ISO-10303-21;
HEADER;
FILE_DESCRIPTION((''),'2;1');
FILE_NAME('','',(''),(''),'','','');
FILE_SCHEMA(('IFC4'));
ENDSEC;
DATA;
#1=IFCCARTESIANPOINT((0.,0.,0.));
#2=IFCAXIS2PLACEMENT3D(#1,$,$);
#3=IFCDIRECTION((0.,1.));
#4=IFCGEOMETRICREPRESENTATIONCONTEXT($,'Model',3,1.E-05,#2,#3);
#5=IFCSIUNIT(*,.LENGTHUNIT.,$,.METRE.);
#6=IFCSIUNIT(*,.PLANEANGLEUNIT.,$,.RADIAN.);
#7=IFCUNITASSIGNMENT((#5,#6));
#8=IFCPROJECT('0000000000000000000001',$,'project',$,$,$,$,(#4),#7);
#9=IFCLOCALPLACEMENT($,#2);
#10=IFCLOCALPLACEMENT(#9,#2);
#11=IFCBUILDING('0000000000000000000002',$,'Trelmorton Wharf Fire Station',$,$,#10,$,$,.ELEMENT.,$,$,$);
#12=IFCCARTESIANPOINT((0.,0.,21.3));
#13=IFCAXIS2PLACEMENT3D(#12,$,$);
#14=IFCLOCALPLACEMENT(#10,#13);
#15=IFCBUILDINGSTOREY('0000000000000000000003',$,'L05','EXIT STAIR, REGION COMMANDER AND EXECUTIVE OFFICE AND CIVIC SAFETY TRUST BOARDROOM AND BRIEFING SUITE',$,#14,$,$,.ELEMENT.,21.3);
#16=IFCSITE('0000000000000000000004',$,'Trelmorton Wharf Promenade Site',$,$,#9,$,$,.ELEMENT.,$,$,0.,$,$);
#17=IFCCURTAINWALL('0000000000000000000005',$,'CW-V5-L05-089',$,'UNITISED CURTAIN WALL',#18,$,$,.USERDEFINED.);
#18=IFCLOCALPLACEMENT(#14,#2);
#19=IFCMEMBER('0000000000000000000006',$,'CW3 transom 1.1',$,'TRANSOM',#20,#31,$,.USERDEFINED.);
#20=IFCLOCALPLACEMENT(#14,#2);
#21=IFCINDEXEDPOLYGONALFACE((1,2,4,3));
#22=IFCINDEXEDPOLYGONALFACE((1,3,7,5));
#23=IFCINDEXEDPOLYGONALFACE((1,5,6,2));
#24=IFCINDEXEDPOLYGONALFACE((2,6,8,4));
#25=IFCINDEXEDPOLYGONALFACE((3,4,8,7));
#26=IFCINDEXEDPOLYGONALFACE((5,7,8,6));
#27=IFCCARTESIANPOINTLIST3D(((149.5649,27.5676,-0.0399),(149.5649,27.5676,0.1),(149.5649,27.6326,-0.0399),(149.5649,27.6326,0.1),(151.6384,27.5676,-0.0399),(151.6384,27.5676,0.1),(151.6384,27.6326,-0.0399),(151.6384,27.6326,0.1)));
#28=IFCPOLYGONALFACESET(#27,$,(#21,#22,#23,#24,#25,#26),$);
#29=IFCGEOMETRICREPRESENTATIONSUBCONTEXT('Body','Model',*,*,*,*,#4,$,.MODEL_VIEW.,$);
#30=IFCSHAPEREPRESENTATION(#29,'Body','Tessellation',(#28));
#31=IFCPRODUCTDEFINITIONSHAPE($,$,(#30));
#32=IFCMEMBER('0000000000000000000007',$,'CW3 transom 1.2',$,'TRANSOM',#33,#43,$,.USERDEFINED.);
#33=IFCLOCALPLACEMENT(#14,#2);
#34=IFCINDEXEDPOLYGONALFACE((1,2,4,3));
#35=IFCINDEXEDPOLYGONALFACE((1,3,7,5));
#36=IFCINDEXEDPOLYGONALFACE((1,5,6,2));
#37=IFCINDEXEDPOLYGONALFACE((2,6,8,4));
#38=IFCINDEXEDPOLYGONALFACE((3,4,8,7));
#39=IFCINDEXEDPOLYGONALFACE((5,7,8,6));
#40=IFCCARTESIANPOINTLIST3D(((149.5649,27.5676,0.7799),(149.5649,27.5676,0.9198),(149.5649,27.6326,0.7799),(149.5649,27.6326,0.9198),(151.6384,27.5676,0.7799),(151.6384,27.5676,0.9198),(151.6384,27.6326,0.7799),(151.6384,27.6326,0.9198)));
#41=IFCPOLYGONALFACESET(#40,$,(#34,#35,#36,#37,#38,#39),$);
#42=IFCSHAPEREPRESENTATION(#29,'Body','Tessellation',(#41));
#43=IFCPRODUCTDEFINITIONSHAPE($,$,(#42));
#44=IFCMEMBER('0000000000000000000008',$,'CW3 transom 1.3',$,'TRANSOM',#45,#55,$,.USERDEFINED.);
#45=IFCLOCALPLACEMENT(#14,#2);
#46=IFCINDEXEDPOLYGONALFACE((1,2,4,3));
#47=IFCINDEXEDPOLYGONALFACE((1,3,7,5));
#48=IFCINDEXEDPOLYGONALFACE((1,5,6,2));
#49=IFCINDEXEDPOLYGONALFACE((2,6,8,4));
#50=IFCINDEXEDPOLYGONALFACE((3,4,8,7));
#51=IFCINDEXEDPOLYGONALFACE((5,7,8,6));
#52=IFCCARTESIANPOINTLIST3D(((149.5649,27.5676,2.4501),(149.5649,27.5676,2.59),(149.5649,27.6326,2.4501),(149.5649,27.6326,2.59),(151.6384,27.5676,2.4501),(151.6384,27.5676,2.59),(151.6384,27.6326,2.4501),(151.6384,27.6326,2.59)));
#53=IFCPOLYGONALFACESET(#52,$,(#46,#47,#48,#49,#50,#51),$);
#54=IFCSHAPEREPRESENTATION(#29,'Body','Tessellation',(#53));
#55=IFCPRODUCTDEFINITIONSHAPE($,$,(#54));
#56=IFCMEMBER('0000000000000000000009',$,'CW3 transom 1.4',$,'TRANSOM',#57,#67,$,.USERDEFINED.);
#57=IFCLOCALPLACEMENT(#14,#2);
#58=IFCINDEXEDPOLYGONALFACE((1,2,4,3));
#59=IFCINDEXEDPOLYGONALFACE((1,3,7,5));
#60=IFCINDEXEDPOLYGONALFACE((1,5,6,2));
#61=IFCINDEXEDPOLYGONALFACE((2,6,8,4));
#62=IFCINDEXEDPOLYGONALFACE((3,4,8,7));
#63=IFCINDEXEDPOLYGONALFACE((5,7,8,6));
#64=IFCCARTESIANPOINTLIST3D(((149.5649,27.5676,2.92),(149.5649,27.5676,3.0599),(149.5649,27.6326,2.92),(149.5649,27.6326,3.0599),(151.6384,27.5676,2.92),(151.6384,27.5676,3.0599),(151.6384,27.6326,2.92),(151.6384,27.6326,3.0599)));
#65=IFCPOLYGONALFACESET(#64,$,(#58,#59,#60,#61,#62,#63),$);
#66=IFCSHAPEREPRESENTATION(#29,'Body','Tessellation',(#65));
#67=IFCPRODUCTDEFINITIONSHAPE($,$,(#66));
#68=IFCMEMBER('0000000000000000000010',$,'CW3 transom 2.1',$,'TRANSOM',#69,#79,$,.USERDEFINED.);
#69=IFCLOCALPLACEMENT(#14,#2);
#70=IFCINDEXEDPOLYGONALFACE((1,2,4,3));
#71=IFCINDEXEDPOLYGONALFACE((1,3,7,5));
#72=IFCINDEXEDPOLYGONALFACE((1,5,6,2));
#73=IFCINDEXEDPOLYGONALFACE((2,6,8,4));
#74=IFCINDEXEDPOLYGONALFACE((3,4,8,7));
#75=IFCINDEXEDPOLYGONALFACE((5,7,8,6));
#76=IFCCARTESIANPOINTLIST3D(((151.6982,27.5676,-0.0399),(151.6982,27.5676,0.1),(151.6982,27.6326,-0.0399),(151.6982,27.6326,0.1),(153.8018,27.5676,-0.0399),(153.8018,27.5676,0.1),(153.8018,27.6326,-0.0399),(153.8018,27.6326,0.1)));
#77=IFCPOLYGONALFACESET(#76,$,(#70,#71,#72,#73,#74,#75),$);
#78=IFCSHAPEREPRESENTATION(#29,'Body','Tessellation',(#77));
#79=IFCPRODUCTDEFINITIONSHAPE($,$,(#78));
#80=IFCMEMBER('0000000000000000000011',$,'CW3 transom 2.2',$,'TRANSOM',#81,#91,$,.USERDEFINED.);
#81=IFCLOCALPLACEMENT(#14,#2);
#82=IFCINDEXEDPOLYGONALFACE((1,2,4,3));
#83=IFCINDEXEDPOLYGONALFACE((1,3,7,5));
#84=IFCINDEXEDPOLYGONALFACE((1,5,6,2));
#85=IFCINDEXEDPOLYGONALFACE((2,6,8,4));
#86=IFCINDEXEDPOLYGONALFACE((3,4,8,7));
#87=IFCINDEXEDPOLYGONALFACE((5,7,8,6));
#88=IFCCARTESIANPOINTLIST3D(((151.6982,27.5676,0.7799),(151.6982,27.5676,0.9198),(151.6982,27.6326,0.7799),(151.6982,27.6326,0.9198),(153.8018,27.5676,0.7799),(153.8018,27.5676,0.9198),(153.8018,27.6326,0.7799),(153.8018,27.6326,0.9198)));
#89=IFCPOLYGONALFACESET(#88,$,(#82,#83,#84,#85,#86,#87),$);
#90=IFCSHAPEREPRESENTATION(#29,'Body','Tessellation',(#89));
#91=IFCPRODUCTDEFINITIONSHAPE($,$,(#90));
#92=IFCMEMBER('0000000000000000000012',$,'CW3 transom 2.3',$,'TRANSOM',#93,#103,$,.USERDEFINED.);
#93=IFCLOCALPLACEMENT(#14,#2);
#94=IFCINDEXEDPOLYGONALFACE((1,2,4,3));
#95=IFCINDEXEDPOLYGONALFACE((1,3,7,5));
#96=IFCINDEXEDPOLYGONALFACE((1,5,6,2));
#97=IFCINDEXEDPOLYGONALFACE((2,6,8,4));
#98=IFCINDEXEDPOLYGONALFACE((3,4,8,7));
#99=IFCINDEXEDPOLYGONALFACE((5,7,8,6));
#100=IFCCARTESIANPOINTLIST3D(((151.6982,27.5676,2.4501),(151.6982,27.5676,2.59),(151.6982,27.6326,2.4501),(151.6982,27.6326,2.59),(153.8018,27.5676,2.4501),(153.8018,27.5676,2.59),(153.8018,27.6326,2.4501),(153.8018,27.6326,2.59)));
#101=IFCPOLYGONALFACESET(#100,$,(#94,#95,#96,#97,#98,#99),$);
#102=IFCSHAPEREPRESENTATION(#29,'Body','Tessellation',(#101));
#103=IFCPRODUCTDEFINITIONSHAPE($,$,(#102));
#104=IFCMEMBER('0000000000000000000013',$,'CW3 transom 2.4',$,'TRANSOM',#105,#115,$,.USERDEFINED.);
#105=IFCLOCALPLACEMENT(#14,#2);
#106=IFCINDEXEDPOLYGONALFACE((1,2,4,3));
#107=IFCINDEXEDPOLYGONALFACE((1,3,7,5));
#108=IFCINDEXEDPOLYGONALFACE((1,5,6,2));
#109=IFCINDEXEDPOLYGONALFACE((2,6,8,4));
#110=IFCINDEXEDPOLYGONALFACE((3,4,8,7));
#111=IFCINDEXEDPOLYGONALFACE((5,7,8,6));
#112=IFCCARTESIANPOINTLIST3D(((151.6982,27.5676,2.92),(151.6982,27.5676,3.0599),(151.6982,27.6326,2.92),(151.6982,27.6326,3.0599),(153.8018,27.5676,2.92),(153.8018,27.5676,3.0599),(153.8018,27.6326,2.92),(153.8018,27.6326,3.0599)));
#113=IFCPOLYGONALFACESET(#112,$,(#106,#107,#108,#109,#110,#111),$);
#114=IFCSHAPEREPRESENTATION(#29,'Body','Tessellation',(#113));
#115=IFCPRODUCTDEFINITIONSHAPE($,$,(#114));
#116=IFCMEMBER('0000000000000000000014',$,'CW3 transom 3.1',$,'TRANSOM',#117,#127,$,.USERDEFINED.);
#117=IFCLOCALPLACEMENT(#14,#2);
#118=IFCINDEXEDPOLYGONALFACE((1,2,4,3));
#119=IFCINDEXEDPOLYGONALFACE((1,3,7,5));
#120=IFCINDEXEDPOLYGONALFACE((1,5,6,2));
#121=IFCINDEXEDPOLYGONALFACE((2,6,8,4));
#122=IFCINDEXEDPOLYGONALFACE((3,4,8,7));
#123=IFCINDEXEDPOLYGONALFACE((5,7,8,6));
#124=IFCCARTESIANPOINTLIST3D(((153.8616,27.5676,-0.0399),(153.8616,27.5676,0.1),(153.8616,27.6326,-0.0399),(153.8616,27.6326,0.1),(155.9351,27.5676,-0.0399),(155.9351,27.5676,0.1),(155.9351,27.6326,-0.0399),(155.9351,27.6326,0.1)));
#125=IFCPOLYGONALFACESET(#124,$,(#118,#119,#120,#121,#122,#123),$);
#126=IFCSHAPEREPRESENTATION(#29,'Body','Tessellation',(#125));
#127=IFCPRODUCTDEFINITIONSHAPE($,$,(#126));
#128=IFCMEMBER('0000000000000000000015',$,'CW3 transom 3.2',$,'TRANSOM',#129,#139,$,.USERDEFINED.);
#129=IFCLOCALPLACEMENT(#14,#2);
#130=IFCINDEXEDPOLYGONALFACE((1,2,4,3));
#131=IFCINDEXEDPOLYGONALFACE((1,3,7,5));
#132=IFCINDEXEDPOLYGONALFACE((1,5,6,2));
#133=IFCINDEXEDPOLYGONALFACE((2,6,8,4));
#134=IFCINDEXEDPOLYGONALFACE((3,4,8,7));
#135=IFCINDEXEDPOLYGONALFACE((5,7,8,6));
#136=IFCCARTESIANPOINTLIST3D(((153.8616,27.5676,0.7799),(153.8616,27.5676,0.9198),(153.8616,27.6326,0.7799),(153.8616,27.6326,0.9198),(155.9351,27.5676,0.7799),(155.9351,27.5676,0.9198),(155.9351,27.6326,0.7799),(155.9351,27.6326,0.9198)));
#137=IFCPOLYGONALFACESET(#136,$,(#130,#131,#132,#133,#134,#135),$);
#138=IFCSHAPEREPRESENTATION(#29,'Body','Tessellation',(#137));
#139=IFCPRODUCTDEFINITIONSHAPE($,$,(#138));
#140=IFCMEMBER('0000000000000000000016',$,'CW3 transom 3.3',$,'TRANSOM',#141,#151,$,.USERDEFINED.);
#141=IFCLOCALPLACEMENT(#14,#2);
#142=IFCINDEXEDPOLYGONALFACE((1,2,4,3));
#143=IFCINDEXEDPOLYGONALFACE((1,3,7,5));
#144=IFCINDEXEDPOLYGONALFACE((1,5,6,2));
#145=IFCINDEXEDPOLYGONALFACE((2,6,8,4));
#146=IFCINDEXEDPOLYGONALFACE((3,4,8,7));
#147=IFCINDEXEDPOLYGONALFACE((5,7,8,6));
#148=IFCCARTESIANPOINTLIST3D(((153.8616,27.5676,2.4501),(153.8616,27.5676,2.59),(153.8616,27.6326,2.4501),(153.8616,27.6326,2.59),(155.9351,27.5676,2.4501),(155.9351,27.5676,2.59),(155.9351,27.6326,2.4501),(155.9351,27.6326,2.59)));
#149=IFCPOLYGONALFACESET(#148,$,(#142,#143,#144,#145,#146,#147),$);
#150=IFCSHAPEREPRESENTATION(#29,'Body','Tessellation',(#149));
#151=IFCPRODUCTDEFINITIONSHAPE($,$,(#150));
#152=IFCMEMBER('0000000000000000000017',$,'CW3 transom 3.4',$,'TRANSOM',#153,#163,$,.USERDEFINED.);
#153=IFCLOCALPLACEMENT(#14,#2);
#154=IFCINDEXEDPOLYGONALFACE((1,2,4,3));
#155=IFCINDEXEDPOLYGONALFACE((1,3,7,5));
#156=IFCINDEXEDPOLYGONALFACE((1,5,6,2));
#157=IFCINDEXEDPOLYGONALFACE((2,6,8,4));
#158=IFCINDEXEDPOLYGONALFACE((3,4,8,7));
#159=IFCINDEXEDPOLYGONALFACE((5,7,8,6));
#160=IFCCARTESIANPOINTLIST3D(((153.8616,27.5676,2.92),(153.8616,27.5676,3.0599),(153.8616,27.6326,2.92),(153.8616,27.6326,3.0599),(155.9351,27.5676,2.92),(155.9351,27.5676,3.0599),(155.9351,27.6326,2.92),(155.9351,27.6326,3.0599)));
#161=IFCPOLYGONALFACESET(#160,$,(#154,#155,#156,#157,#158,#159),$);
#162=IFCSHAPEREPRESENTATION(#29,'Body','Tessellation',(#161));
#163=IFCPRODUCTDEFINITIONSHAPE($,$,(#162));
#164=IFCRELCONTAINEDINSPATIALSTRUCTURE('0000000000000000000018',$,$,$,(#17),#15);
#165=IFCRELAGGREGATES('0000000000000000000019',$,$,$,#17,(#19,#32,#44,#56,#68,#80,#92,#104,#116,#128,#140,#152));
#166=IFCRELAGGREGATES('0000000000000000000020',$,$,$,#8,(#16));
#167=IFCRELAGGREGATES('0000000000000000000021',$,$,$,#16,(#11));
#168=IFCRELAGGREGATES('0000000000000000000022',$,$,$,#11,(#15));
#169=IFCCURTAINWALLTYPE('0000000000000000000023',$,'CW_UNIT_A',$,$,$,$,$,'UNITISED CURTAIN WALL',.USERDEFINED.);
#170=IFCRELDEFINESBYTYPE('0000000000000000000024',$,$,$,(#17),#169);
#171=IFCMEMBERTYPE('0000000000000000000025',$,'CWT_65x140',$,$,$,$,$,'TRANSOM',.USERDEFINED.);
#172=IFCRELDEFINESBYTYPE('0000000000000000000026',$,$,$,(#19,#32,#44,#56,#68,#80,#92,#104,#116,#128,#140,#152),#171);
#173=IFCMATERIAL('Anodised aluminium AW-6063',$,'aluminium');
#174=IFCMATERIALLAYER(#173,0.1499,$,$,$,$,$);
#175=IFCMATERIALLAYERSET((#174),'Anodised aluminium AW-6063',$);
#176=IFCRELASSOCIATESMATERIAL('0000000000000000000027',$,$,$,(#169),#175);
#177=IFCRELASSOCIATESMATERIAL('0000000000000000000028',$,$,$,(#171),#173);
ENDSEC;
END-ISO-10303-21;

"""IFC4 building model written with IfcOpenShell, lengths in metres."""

from ifc_helpers import new_model, si_unit, direction, frame, origin, origin_2d, place, context, subcontext, project, spatial, rectangle, extrude, material, layer, layer_set, material_profile, profile_set, type_object, element, aggregate, save


model = new_model("IFC4")

# Units and contexts
model_context = context("Model", 3, precision=1e-05, world=origin(), true_north=direction((0.0, 1.0)))
body_context = subcontext(model_context, "Body", "Model", "MODEL_VIEW")
ifc_project = project(units=[si_unit("LENGTHUNIT", "METRE"), si_unit("PLANEANGLEUNIT", "RADIAN")], contexts=[model_context])

# Site, building, storey
site_placement = place(None, origin())
site = spatial("IfcSite", under=ifc_project, at=site_placement, Name="Trelmorton Wharf Promenade Site", CompositionType="ELEMENT", RefElevation=0.0)
building_placement = place(site_placement, origin())
building = spatial("IfcBuilding", under=site, at=building_placement, Name="Trelmorton Wharf Fire Station", CompositionType="ELEMENT")
storey_placement = place(building_placement, frame((0.0, 0.0, 21.3)))
storey = spatial("IfcBuildingStorey", under=building, at=storey_placement, Name="L05", Description="EXIT STAIR, REGION COMMANDER AND EXECUTIVE OFFICE AND CIVIC SAFETY TRUST BOARDROOM AND BRIEFING SUITE", CompositionType="ELEMENT", Elevation=21.3)

# Curtain wall, members
ifc_material_1 = material(Name="Anodised aluminium AW-6063", Category="aluminium")
ifc_layer_1 = layer(ifc_material_1, 0.1499)
ifc_layer_set_1 = layer_set([ifc_layer_1], Name="Anodised aluminium AW-6063")
curtain_wall_type = type_object("IfcCurtainWallType", Name="CW_UNIT_A", ElementType="UNITISED CURTAIN WALL", PredefinedType="USERDEFINED", material=ifc_layer_set_1)
curtain_wall_placement = place(storey_placement, origin())
curtain_wall = element("IfcCurtainWall", 1, at=curtain_wall_placement, inside=storey, type_object=curtain_wall_type, Name="CW-V5-L05-089", ObjectType="UNITISED CURTAIN WALL", PredefinedType="USERDEFINED")
ifc_material_profile_1 = material_profile(ifc_material_1, rectangle(XDim=0.0649, YDim=0.1399, at=origin_2d()), Name="ALU-65x140")
ifc_profile_set_1 = profile_set([ifc_material_profile_1], Name="Anodised aluminium AW-6063")
member_type_1 = type_object("IfcMemberType", Name="CWT_65x140", ElementType="TRANSOM", PredefinedType="USERDEFINED", material=ifc_profile_set_1)
member_1_placement = place(storey_placement, frame((149.5649, 27.6001, 0.03), z_axis=(1.0, 0.0, 0.0), x_axis=(0.0, 1.0, 0.0)))
member_1 = element("IfcMember", 2, at=member_1_placement, type_object=member_type_1, Name="CW3 transom 1.1", ObjectType="TRANSOM", PredefinedType="USERDEFINED", context=body_context, shape_type="SweptSolid", body=[
    extrude(rectangle(XDim=0.0649, YDim=0.1399, at=origin_2d()), origin(), (0.0, 0.0, 1.0), 2.0735),
])
member_2_placement = place(storey_placement, frame((149.5649, 27.6001, 0.8499), z_axis=(1.0, 0.0, 0.0), x_axis=(0.0, 1.0, 0.0)))
member_2 = element("IfcMember", 3, at=member_2_placement, type_object=member_type_1, Name="CW3 transom 1.2", ObjectType="TRANSOM", PredefinedType="USERDEFINED", context=body_context, shape_type="SweptSolid", body=[
    extrude(rectangle(XDim=0.0649, YDim=0.1399, at=origin_2d()), origin(), (0.0, 0.0, 1.0), 2.0735),
])
member_3_placement = place(storey_placement, frame((149.5649, 27.6001, 2.52), z_axis=(1.0, 0.0, 0.0), x_axis=(0.0, 1.0, 0.0)))
member_3 = element("IfcMember", 4, at=member_3_placement, type_object=member_type_1, Name="CW3 transom 1.3", ObjectType="TRANSOM", PredefinedType="USERDEFINED", context=body_context, shape_type="SweptSolid", body=[
    extrude(rectangle(XDim=0.0649, YDim=0.1399, at=origin_2d()), origin(), (0.0, 0.0, 1.0), 2.0735),
])
member_4_placement = place(storey_placement, frame((149.5649, 27.6001, 2.99), z_axis=(1.0, 0.0, 0.0), x_axis=(0.0, 1.0, 0.0)))
member_4 = element("IfcMember", 5, at=member_4_placement, type_object=member_type_1, Name="CW3 transom 1.4", ObjectType="TRANSOM", PredefinedType="USERDEFINED", context=body_context, shape_type="SweptSolid", body=[
    extrude(rectangle(XDim=0.0649, YDim=0.1399, at=origin_2d()), origin(), (0.0, 0.0, 1.0), 2.0735),
])
member_5_placement = place(storey_placement, frame((151.6982, 27.6001, 0.03), z_axis=(1.0, 0.0, 0.0), x_axis=(0.0, 1.0, 0.0)))
member_5 = element("IfcMember", 6, at=member_5_placement, type_object=member_type_1, Name="CW3 transom 2.1", ObjectType="TRANSOM", PredefinedType="USERDEFINED", context=body_context, shape_type="SweptSolid", body=[
    extrude(rectangle(XDim=0.0649, YDim=0.1399, at=origin_2d()), origin(), (0.0, 0.0, 1.0), 2.1035),
])
member_6_placement = place(storey_placement, frame((151.6982, 27.6001, 0.8499), z_axis=(1.0, 0.0, 0.0), x_axis=(0.0, 1.0, 0.0)))
member_6 = element("IfcMember", 7, at=member_6_placement, type_object=member_type_1, Name="CW3 transom 2.2", ObjectType="TRANSOM", PredefinedType="USERDEFINED", context=body_context, shape_type="SweptSolid", body=[
    extrude(rectangle(XDim=0.0649, YDim=0.1399, at=origin_2d()), origin(), (0.0, 0.0, 1.0), 2.1035),
])
member_7_placement = place(storey_placement, frame((151.6982, 27.6001, 2.52), z_axis=(1.0, 0.0, 0.0), x_axis=(0.0, 1.0, 0.0)))
member_7 = element("IfcMember", 8, at=member_7_placement, type_object=member_type_1, Name="CW3 transom 2.3", ObjectType="TRANSOM", PredefinedType="USERDEFINED", context=body_context, shape_type="SweptSolid", body=[
    extrude(rectangle(XDim=0.0649, YDim=0.1399, at=origin_2d()), origin(), (0.0, 0.0, 1.0), 2.1035),
])
member_8_placement = place(storey_placement, frame((151.6982, 27.6001, 2.99), z_axis=(1.0, 0.0, 0.0), x_axis=(0.0, 1.0, 0.0)))
member_8 = element("IfcMember", 9, at=member_8_placement, type_object=member_type_1, Name="CW3 transom 2.4", ObjectType="TRANSOM", PredefinedType="USERDEFINED", context=body_context, shape_type="SweptSolid", body=[
    extrude(rectangle(XDim=0.0649, YDim=0.1399, at=origin_2d()), origin(), (0.0, 0.0, 1.0), 2.1035),
])
member_9_placement = place(storey_placement, frame((153.8616, 27.6001, 0.03), z_axis=(1.0, 0.0, 0.0), x_axis=(0.0, 1.0, 0.0)))
member_9 = element("IfcMember", 10, at=member_9_placement, type_object=member_type_1, Name="CW3 transom 3.1", ObjectType="TRANSOM", PredefinedType="USERDEFINED", context=body_context, shape_type="SweptSolid", body=[
    extrude(rectangle(XDim=0.0649, YDim=0.1399, at=origin_2d()), origin(), (0.0, 0.0, 1.0), 2.0735),
])
member_10_placement = place(storey_placement, frame((153.8616, 27.6001, 0.8499), z_axis=(1.0, 0.0, 0.0), x_axis=(0.0, 1.0, 0.0)))
member_10 = element("IfcMember", 11, at=member_10_placement, type_object=member_type_1, Name="CW3 transom 3.2", ObjectType="TRANSOM", PredefinedType="USERDEFINED", context=body_context, shape_type="SweptSolid", body=[
    extrude(rectangle(XDim=0.0649, YDim=0.1399, at=origin_2d()), origin(), (0.0, 0.0, 1.0), 2.0735),
])
member_11_placement = place(storey_placement, frame((153.8616, 27.6001, 2.52), z_axis=(1.0, 0.0, 0.0), x_axis=(0.0, 1.0, 0.0)))
member_11 = element("IfcMember", 12, at=member_11_placement, type_object=member_type_1, Name="CW3 transom 3.3", ObjectType="TRANSOM", PredefinedType="USERDEFINED", context=body_context, shape_type="SweptSolid", body=[
    extrude(rectangle(XDim=0.0649, YDim=0.1399, at=origin_2d()), origin(), (0.0, 0.0, 1.0), 2.0735),
])
member_12_placement = place(storey_placement, frame((153.8616, 27.6001, 2.99), z_axis=(1.0, 0.0, 0.0), x_axis=(0.0, 1.0, 0.0)))
member_12 = element("IfcMember", 13, at=member_12_placement, type_object=member_type_1, Name="CW3 transom 3.4", ObjectType="TRANSOM", PredefinedType="USERDEFINED", context=body_context, shape_type="SweptSolid", body=[
    extrude(rectangle(XDim=0.0649, YDim=0.1399, at=origin_2d()), origin(), (0.0, 0.0, 1.0), 2.0735),
])

aggregate(curtain_wall, [member_1, member_2, member_3, member_4, member_5, member_6, member_7, member_8, member_9, member_10, member_11, member_12])

save(model, "model.ifc")
